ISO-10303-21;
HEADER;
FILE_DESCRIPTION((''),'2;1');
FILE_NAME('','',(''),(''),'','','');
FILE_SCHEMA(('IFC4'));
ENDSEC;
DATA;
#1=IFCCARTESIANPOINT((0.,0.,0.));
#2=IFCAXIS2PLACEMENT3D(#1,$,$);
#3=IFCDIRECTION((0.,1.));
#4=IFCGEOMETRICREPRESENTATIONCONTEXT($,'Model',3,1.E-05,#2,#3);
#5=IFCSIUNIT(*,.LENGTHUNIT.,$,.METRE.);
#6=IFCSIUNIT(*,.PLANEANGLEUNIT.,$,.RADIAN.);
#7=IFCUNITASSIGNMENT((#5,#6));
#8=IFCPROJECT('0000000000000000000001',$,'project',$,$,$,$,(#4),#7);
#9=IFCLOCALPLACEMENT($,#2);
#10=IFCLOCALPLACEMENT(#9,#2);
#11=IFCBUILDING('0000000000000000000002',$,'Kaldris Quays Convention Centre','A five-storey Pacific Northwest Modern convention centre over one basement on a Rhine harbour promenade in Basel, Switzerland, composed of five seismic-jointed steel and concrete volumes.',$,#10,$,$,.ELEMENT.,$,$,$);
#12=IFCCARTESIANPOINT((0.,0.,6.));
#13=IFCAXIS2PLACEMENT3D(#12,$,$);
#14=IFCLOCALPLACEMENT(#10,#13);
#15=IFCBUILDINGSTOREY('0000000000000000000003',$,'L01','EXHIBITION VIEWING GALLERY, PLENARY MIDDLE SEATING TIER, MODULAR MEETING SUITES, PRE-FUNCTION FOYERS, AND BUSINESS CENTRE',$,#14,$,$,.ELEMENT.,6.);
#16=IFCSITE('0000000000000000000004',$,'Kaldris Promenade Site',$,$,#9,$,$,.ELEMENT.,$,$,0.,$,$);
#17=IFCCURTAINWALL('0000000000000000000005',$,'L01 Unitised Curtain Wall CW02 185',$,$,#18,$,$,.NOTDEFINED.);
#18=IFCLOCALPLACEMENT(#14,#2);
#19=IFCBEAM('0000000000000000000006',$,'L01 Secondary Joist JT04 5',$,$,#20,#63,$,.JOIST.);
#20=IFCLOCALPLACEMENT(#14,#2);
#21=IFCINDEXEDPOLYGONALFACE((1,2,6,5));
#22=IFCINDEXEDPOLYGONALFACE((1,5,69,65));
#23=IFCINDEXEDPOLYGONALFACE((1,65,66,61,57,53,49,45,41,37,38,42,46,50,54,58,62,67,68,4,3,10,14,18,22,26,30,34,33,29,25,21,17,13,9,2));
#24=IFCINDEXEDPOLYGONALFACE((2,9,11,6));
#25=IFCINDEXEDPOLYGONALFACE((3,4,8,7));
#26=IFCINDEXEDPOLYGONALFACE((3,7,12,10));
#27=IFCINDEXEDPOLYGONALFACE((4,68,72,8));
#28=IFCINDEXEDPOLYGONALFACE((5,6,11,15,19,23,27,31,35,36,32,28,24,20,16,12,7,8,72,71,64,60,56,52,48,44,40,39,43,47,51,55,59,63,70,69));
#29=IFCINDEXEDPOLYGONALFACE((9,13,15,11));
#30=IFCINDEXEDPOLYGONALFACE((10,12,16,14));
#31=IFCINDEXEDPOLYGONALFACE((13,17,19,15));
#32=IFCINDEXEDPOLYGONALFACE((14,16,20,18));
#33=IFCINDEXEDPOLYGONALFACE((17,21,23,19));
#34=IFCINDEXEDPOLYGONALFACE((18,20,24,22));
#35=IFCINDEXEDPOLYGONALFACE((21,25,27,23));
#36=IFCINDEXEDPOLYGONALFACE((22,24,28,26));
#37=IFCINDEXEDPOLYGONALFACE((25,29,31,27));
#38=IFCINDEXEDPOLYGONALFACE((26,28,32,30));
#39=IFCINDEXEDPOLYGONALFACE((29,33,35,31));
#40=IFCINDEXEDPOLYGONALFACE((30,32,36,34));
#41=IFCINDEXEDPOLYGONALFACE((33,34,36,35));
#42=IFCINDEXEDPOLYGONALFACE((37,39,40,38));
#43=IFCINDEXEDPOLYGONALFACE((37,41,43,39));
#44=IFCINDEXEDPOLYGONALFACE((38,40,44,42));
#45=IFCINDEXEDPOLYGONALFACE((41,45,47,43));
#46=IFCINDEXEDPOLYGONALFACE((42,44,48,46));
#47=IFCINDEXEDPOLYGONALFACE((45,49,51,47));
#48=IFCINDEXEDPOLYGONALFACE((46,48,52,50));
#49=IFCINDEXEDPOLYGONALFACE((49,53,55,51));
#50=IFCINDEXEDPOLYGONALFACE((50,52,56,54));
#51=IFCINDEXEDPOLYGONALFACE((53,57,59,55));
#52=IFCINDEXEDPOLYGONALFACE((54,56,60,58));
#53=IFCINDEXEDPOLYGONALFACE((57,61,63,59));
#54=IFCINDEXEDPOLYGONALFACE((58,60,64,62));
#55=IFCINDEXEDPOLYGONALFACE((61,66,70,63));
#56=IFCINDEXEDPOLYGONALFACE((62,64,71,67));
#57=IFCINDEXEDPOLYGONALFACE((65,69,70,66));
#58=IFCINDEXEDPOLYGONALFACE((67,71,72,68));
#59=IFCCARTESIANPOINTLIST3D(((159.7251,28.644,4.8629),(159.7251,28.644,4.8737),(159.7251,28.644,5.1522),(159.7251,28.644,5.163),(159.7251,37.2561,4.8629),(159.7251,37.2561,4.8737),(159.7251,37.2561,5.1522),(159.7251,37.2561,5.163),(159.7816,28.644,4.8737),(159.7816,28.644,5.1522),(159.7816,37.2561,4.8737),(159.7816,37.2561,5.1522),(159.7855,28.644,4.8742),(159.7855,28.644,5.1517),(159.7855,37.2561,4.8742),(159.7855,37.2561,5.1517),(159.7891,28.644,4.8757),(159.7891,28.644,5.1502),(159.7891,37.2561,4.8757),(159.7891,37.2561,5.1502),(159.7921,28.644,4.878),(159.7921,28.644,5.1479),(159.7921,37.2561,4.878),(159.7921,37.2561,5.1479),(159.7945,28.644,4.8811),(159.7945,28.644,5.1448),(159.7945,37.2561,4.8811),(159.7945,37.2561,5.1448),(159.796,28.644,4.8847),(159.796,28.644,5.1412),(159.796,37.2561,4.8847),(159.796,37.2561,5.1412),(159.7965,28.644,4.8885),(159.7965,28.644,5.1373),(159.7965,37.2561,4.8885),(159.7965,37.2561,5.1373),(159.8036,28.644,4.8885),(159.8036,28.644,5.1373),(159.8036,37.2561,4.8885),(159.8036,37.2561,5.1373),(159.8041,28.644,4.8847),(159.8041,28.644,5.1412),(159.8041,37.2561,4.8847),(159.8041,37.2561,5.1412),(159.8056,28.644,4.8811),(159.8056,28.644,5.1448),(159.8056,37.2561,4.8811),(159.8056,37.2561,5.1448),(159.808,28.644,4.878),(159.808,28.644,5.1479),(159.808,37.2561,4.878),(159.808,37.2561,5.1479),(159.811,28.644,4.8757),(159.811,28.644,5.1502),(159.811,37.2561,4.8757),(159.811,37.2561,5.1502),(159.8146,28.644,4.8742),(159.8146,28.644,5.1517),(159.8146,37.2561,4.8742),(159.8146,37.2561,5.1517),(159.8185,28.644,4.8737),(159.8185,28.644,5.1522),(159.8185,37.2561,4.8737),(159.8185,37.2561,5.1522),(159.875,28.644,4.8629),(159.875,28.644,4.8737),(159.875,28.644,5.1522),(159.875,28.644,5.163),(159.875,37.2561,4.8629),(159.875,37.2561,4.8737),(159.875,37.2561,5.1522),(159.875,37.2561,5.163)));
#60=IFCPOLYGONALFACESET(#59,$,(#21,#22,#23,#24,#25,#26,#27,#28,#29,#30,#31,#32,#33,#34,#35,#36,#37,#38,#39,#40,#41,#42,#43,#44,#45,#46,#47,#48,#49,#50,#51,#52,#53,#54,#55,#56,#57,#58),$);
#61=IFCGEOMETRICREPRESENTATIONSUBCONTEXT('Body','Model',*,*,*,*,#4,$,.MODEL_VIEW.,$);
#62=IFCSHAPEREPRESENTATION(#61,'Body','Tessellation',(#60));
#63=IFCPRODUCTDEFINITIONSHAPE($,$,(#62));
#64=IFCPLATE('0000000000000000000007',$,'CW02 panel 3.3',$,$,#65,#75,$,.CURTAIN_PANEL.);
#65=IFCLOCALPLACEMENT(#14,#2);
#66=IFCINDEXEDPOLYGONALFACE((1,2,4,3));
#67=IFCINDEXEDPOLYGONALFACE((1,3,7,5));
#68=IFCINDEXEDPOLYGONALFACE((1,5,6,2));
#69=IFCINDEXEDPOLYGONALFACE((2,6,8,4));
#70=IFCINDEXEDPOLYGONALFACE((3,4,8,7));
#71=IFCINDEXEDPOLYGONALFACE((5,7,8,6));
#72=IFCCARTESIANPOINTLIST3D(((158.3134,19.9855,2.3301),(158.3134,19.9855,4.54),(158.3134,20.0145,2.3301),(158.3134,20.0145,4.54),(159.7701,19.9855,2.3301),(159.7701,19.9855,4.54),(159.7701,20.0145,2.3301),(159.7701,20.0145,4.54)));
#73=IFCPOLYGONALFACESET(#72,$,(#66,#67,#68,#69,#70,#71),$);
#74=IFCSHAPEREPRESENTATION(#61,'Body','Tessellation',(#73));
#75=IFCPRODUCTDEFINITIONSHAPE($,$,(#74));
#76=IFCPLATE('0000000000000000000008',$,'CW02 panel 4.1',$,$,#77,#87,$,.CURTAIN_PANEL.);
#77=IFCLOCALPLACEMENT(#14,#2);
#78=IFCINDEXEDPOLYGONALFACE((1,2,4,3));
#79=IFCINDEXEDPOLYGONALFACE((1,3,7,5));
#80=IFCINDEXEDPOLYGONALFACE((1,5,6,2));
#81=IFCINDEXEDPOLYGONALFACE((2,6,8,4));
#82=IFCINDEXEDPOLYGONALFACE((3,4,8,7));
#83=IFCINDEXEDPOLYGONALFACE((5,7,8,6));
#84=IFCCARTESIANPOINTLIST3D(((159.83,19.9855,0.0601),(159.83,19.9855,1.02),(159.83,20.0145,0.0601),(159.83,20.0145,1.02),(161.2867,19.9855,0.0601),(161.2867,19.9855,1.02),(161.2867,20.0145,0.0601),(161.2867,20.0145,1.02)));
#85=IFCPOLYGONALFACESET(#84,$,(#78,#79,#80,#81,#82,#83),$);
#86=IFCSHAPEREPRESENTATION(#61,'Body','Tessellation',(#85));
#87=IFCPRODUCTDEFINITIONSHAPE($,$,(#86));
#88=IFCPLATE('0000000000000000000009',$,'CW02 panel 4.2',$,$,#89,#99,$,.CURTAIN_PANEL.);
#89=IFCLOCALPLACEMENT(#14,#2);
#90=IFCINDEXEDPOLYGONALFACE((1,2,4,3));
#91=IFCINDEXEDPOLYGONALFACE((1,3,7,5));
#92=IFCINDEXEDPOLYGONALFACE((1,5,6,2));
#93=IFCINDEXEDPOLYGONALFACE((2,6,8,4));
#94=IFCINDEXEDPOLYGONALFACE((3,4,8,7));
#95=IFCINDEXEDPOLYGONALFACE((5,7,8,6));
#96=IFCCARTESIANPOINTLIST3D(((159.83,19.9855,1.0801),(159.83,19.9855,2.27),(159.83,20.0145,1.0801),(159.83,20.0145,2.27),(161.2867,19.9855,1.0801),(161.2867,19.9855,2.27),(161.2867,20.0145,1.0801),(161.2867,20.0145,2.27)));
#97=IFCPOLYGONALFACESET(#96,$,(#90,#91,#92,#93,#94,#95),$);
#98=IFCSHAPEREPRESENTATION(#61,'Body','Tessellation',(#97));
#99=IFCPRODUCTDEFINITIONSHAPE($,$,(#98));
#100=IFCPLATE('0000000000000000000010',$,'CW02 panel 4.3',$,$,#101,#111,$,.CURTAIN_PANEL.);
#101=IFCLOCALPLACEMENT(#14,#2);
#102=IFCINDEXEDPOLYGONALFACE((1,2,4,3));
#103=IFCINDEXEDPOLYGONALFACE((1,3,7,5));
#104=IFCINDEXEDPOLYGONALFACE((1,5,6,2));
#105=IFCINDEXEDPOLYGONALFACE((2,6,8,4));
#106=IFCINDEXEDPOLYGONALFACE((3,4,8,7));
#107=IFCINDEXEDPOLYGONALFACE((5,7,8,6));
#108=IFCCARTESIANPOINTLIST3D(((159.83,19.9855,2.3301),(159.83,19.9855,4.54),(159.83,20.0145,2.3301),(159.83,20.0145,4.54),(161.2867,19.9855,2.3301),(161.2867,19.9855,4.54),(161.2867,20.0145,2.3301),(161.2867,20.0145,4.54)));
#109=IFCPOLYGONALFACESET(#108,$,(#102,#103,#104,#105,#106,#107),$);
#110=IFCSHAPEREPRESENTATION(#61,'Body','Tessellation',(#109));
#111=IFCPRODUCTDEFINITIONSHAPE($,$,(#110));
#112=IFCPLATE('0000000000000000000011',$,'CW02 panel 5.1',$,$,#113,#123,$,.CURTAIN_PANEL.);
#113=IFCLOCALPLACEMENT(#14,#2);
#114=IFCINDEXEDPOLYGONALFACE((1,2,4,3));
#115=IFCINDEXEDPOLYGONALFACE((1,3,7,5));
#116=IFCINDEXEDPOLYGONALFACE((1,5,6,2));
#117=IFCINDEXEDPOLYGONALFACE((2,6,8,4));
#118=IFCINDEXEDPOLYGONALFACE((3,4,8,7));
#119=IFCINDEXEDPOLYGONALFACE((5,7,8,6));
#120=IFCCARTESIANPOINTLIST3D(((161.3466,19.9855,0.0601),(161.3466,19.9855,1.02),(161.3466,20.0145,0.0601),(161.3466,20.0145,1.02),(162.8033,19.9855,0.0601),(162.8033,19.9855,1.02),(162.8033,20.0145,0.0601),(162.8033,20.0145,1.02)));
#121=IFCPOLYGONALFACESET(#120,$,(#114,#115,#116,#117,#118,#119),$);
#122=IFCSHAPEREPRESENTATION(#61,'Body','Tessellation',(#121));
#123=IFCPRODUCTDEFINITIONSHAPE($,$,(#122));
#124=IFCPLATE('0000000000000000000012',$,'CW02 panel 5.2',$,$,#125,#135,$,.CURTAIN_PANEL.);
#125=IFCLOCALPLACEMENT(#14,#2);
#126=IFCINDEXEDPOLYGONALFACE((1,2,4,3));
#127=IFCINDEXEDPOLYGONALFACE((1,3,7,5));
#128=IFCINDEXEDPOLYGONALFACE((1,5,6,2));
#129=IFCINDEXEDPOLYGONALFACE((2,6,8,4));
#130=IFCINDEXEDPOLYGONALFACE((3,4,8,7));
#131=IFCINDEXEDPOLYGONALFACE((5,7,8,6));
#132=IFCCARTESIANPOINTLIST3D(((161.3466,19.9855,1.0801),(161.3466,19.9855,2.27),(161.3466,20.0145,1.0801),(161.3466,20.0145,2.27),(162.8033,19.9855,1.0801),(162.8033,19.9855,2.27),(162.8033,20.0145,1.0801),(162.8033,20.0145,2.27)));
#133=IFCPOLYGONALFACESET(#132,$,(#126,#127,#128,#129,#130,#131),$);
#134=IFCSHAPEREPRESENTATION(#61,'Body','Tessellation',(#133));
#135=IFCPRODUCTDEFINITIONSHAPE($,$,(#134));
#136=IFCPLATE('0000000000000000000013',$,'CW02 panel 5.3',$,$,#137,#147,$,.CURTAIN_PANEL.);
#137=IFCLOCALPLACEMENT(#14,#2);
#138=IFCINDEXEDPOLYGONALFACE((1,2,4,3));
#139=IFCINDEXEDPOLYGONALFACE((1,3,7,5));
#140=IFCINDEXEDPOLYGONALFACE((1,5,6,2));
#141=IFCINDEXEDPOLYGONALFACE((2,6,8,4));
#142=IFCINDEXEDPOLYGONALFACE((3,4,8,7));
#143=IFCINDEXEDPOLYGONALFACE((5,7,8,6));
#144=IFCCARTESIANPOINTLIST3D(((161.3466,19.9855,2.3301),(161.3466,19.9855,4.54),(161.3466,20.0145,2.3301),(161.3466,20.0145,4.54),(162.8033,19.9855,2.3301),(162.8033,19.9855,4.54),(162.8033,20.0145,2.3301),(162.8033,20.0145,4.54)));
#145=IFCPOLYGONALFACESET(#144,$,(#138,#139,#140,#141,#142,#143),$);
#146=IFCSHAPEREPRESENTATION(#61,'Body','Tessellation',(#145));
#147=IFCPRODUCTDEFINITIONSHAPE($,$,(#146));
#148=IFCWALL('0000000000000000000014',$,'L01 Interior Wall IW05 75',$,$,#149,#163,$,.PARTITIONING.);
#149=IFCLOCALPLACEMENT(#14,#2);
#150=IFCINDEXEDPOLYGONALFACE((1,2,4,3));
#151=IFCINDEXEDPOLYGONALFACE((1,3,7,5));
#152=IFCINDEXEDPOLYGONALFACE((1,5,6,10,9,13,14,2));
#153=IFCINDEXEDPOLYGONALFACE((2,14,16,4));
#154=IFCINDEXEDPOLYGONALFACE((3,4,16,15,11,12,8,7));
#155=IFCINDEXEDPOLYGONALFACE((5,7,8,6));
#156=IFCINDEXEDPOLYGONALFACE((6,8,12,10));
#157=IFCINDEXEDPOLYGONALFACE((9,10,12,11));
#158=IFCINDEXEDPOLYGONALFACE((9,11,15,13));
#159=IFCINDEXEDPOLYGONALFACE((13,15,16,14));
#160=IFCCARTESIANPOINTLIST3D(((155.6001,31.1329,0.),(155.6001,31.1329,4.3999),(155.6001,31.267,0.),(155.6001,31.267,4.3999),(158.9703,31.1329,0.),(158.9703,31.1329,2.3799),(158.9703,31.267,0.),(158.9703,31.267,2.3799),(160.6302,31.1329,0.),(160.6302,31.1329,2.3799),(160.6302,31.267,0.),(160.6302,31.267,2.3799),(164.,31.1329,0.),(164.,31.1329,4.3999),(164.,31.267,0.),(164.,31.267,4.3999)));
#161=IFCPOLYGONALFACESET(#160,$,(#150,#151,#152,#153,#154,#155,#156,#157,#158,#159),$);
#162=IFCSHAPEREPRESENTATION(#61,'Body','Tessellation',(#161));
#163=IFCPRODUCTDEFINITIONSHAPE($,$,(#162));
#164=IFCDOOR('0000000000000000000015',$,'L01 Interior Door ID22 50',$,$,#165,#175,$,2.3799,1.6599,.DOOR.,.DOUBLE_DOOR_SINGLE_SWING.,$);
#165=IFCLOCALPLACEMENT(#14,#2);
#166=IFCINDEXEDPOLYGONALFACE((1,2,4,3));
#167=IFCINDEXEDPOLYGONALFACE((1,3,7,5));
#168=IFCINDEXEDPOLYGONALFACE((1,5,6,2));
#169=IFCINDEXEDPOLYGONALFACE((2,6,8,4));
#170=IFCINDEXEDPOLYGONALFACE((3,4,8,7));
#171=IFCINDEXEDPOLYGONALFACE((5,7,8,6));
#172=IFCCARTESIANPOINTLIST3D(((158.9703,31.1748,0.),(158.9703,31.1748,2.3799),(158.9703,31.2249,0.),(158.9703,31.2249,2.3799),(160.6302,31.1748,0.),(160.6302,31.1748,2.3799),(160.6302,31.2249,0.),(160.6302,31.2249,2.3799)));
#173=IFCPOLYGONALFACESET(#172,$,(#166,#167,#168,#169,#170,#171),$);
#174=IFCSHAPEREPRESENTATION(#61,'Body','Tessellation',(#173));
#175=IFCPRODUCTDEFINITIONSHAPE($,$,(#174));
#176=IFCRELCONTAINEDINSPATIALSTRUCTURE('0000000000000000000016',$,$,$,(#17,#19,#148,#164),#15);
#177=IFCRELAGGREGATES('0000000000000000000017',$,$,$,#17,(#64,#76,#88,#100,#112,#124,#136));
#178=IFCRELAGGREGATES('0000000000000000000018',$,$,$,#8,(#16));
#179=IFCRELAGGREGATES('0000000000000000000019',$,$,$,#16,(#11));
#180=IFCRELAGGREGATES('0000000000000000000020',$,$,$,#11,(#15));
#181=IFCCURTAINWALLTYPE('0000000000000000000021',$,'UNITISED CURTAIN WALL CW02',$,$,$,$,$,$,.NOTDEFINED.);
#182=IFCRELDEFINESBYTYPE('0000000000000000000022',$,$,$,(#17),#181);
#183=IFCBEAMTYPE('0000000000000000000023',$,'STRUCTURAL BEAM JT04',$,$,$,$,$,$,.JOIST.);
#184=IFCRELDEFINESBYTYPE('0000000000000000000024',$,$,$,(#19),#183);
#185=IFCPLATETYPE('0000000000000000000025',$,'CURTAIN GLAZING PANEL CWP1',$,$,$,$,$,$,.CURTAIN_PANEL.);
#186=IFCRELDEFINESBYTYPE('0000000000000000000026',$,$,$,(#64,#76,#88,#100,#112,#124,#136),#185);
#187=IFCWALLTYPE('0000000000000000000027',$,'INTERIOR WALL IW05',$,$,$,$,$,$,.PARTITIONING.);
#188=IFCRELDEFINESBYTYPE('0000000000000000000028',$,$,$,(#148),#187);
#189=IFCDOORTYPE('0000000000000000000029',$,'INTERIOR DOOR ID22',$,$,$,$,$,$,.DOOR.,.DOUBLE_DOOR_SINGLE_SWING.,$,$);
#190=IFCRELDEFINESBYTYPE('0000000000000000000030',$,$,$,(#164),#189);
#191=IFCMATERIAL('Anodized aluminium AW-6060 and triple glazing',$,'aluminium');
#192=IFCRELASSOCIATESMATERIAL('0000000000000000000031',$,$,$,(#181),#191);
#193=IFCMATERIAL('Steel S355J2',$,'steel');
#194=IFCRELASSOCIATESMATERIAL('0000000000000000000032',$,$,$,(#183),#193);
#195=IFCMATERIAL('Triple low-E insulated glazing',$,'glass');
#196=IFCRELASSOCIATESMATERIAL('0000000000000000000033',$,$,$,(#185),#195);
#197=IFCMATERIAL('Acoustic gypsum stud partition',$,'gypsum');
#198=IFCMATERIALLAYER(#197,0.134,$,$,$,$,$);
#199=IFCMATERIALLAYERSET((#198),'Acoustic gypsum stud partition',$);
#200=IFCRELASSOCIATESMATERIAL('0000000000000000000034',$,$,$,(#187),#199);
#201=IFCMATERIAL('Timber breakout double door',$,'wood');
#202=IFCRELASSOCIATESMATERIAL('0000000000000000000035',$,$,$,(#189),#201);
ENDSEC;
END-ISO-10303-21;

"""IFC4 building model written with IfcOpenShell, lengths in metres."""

from ifc_helpers import new_model, si_unit, direction, frame, frame_2d, origin, origin_2d, place, context, subcontext, project, spatial, rectangle, i_section, extrude, material, layer, layer_set, material_profile, profile_set, type_object, element, fill, aggregate, save


model = new_model("IFC4")

# Units and contexts
model_context = context("Model", 3, precision=1e-05, world=origin(), true_north=direction((0.0, 1.0)))
body_context = subcontext(model_context, "Body", "Model", "MODEL_VIEW")
ifc_project = project(units=[si_unit("LENGTHUNIT", "METRE"), si_unit("PLANEANGLEUNIT", "RADIAN")], contexts=[model_context])

# Site, building, storey
site_placement = place(None, origin())
site = spatial("IfcSite", under=ifc_project, at=site_placement, Name="Kaldris Promenade Site", CompositionType="ELEMENT", RefElevation=0.0)
building_placement = place(site_placement, origin())
building = spatial("IfcBuilding", under=site, at=building_placement, Name="Kaldris Quays Convention Centre", Description="A five-storey Pacific Northwest Modern convention centre over one basement on a Rhine harbour promenade in Basel, Switzerland, composed of five seismic-jointed steel and concrete volumes.", CompositionType="ELEMENT")
storey_placement = place(building_placement, frame((0.0, 0.0, 6.0)))
storey = spatial("IfcBuildingStorey", under=building, at=storey_placement, Name="L01", Description="EXHIBITION VIEWING GALLERY, PLENARY MIDDLE SEATING TIER, MODULAR MEETING SUITES, PRE-FUNCTION FOYERS, AND BUSINESS CENTRE", CompositionType="ELEMENT", Elevation=6.0)

# Shared definitions
ifc_material_1 = material(Name="Anodized aluminium AW-6060 and triple glazing", Category="aluminium")
curtain_wall_type = type_object("IfcCurtainWallType", Name="UNITISED CURTAIN WALL CW02", PredefinedType="NOTDEFINED", material=ifc_material_1)

# Curtain wall
curtain_wall_1_placement = place(storey_placement, origin())
curtain_wall_1 = element("IfcCurtainWall", 1, at=curtain_wall_1_placement, inside=storey, type_object=curtain_wall_type, Name="L01 Unitised Curtain Wall CW02 185", PredefinedType="NOTDEFINED")

# Beam
ifc_material_2 = material(Name="Steel S355J2", Category="steel")
ifc_material_profile_1 = material_profile(ifc_material_2, i_section(OverallWidth=0.1499, OverallDepth=0.3, WebThickness=0.0071, FlangeThickness=0.0107, FilletRadius=0.0149, at=origin_2d()), Name="IPE 300")
ifc_profile_set_1 = profile_set([ifc_material_profile_1], Name="Steel S355J2")
beam_type_1 = type_object("IfcBeamType", Name="STRUCTURAL BEAM JT04", PredefinedType="JOIST", material=ifc_profile_set_1)
beam_1_placement = place(storey_placement, frame((159.8, 28.644, 5.0129), z_axis=(0.0, 1.0, 0.0), x_axis=(-1.0, 0.0, 0.0)))
element("IfcBeam", 2, at=beam_1_placement, inside=storey, type_object=beam_type_1, Name="L01 Secondary Joist JT04 5", PredefinedType="JOIST", context=body_context, shape_type="SweptSolid", body=[
    extrude(i_section(OverallWidth=0.1499, OverallDepth=0.3, WebThickness=0.0071, FlangeThickness=0.0107, FilletRadius=0.0149, at=origin_2d()), origin(), (0.0, 0.0, 1.0), 8.6121),
])

# Plates
ifc_material_3 = material(Name="Triple low-E insulated glazing", Category="glass")
plate_type = type_object("IfcPlateType", Name="CURTAIN GLAZING PANEL CWP1", PredefinedType="CURTAIN_PANEL", material=ifc_material_3)
plate_1_placement = place(storey_placement, frame((159.0417, 20.0, 2.3301), z_axis=(0.0, 0.0, 1.0), x_axis=(1.0, 0.0, 0.0)))
plate_1 = element("IfcPlate", 3, at=plate_1_placement, type_object=plate_type, Name="CW02 panel 3.3", PredefinedType="CURTAIN_PANEL", context=body_context, shape_type="SweptSolid", body=[
    extrude(rectangle(XDim=1.4568, YDim=0.0291, at=origin_2d()), origin(), (0.0, 0.0, 1.0), 2.21),
])
plate_2_placement = place(storey_placement, frame((160.5583, 20.0, 0.0601), z_axis=(0.0, 0.0, 1.0), x_axis=(1.0, 0.0, 0.0)))
plate_2 = element("IfcPlate", 4, at=plate_2_placement, type_object=plate_type, Name="CW02 panel 4.1", PredefinedType="CURTAIN_PANEL", context=body_context, shape_type="SweptSolid", body=[
    extrude(rectangle(XDim=1.4568, YDim=0.0291, at=origin_2d()), origin(), (0.0, 0.0, 1.0), 0.96),
])
plate_3_placement = place(storey_placement, frame((160.5583, 20.0, 1.0801), z_axis=(0.0, 0.0, 1.0), x_axis=(1.0, 0.0, 0.0)))
plate_3 = element("IfcPlate", 5, at=plate_3_placement, type_object=plate_type, Name="CW02 panel 4.2", PredefinedType="CURTAIN_PANEL", context=body_context, shape_type="SweptSolid", body=[
    extrude(rectangle(XDim=1.4568, YDim=0.0291, at=origin_2d()), origin(), (0.0, 0.0, 1.0), 1.1899),
])
plate_4_placement = place(storey_placement, frame((160.5583, 20.0, 2.3301), z_axis=(0.0, 0.0, 1.0), x_axis=(1.0, 0.0, 0.0)))
plate_4 = element("IfcPlate", 6, at=plate_4_placement, type_object=plate_type, Name="CW02 panel 4.3", PredefinedType="CURTAIN_PANEL", context=body_context, shape_type="SweptSolid", body=[
    extrude(rectangle(XDim=1.4568, YDim=0.0291, at=origin_2d()), origin(), (0.0, 0.0, 1.0), 2.21),
])
plate_5_placement = place(storey_placement, frame((162.075, 20.0, 0.0601), z_axis=(0.0, 0.0, 1.0), x_axis=(1.0, 0.0, 0.0)))
plate_5 = element("IfcPlate", 7, at=plate_5_placement, type_object=plate_type, Name="CW02 panel 5.1", PredefinedType="CURTAIN_PANEL", context=body_context, shape_type="SweptSolid", body=[
    extrude(rectangle(XDim=1.4568, YDim=0.0291, at=origin_2d()), origin(), (0.0, 0.0, 1.0), 0.96),
])
plate_6_placement = place(storey_placement, frame((162.075, 20.0, 1.0801), z_axis=(0.0, 0.0, 1.0), x_axis=(1.0, 0.0, 0.0)))
plate_6 = element("IfcPlate", 8, at=plate_6_placement, type_object=plate_type, Name="CW02 panel 5.2", PredefinedType="CURTAIN_PANEL", context=body_context, shape_type="SweptSolid", body=[
    extrude(rectangle(XDim=1.4568, YDim=0.0291, at=origin_2d()), origin(), (0.0, 0.0, 1.0), 1.1899),
])
plate_7_placement = place(storey_placement, frame((162.075, 20.0, 2.3301), z_axis=(0.0, 0.0, 1.0), x_axis=(1.0, 0.0, 0.0)))
plate_7 = element("IfcPlate", 9, at=plate_7_placement, type_object=plate_type, Name="CW02 panel 5.3", PredefinedType="CURTAIN_PANEL", context=body_context, shape_type="SweptSolid", body=[
    extrude(rectangle(XDim=1.4568, YDim=0.0291, at=origin_2d()), origin(), (0.0, 0.0, 1.0), 2.21),
])
aggregate(curtain_wall_1, [plate_1, plate_2, plate_3, plate_4, plate_5, plate_6, plate_7])

# Wall, opening, door
ifc_material_4 = material(Name="Acoustic gypsum stud partition", Category="gypsum")
ifc_layer = layer(ifc_material_4, 0.134)
ifc_layer_set = layer_set([ifc_layer], Name="Acoustic gypsum stud partition")
wall_type = type_object("IfcWallType", Name="INTERIOR WALL IW05", PredefinedType="PARTITIONING", material=ifc_layer_set)
wall_placement = place(storey_placement, frame((155.6001, 31.2, 0.0), z_axis=(0.0, 0.0, 1.0), x_axis=(1.0, 0.0, 0.0)))
wall = element("IfcWall", 10, at=wall_placement, inside=storey, type_object=wall_type, Name="L01 Interior Wall IW05 75", PredefinedType="PARTITIONING", context=body_context, shape_type="SweptSolid", body=[
    extrude(rectangle(XDim=8.3999, YDim=0.134, at=frame_2d((4.2, 0.0))), origin(), (0.0, 0.0, 1.0), 4.3999),
])
opening_placement = place(wall_placement, frame((3.3701, 0.0, 0.0)))
opening = element("IfcOpeningElement", 11, at=opening_placement, cuts=wall, PredefinedType="OPENING", context=body_context, shape_type="SweptSolid", body=[
    extrude(rectangle(XDim=1.6599, YDim=2.3799, at=frame_2d((0.8301, 1.1899))), frame((0.0, 0.0771, 0.0), z_axis=(0.0, -1.0, 0.0), x_axis=(1.0, 0.0, 0.0)), (0.0, 0.0, 1.0), 0.1541),
])
ifc_material_5 = material(Name="Timber breakout double door", Category="wood")
door_type = type_object("IfcDoorType", Name="INTERIOR DOOR ID22", OperationType="DOUBLE_DOOR_SINGLE_SWING", PredefinedType="DOOR", material=ifc_material_5)
door_placement = place(opening_placement, origin())
door = element("IfcDoor", 12, at=door_placement, inside=storey, type_object=door_type, Name="L01 Interior Door ID22 50", OperationType="DOUBLE_DOOR_SINGLE_SWING", OverallHeight=2.3799, OverallWidth=1.6599, PredefinedType="DOOR", context=body_context, shape_type="SweptSolid", body=[
    extrude(rectangle(XDim=1.6599, YDim=2.3799, at=frame_2d((0.8301, 1.1899))), frame((0.0, 0.0249, 0.0), z_axis=(0.0, -1.0, 0.0), x_axis=(1.0, 0.0, 0.0)), (0.0, 0.0, 1.0), 0.05),
])
fill(opening, door)

save(model, "model.ifc")
